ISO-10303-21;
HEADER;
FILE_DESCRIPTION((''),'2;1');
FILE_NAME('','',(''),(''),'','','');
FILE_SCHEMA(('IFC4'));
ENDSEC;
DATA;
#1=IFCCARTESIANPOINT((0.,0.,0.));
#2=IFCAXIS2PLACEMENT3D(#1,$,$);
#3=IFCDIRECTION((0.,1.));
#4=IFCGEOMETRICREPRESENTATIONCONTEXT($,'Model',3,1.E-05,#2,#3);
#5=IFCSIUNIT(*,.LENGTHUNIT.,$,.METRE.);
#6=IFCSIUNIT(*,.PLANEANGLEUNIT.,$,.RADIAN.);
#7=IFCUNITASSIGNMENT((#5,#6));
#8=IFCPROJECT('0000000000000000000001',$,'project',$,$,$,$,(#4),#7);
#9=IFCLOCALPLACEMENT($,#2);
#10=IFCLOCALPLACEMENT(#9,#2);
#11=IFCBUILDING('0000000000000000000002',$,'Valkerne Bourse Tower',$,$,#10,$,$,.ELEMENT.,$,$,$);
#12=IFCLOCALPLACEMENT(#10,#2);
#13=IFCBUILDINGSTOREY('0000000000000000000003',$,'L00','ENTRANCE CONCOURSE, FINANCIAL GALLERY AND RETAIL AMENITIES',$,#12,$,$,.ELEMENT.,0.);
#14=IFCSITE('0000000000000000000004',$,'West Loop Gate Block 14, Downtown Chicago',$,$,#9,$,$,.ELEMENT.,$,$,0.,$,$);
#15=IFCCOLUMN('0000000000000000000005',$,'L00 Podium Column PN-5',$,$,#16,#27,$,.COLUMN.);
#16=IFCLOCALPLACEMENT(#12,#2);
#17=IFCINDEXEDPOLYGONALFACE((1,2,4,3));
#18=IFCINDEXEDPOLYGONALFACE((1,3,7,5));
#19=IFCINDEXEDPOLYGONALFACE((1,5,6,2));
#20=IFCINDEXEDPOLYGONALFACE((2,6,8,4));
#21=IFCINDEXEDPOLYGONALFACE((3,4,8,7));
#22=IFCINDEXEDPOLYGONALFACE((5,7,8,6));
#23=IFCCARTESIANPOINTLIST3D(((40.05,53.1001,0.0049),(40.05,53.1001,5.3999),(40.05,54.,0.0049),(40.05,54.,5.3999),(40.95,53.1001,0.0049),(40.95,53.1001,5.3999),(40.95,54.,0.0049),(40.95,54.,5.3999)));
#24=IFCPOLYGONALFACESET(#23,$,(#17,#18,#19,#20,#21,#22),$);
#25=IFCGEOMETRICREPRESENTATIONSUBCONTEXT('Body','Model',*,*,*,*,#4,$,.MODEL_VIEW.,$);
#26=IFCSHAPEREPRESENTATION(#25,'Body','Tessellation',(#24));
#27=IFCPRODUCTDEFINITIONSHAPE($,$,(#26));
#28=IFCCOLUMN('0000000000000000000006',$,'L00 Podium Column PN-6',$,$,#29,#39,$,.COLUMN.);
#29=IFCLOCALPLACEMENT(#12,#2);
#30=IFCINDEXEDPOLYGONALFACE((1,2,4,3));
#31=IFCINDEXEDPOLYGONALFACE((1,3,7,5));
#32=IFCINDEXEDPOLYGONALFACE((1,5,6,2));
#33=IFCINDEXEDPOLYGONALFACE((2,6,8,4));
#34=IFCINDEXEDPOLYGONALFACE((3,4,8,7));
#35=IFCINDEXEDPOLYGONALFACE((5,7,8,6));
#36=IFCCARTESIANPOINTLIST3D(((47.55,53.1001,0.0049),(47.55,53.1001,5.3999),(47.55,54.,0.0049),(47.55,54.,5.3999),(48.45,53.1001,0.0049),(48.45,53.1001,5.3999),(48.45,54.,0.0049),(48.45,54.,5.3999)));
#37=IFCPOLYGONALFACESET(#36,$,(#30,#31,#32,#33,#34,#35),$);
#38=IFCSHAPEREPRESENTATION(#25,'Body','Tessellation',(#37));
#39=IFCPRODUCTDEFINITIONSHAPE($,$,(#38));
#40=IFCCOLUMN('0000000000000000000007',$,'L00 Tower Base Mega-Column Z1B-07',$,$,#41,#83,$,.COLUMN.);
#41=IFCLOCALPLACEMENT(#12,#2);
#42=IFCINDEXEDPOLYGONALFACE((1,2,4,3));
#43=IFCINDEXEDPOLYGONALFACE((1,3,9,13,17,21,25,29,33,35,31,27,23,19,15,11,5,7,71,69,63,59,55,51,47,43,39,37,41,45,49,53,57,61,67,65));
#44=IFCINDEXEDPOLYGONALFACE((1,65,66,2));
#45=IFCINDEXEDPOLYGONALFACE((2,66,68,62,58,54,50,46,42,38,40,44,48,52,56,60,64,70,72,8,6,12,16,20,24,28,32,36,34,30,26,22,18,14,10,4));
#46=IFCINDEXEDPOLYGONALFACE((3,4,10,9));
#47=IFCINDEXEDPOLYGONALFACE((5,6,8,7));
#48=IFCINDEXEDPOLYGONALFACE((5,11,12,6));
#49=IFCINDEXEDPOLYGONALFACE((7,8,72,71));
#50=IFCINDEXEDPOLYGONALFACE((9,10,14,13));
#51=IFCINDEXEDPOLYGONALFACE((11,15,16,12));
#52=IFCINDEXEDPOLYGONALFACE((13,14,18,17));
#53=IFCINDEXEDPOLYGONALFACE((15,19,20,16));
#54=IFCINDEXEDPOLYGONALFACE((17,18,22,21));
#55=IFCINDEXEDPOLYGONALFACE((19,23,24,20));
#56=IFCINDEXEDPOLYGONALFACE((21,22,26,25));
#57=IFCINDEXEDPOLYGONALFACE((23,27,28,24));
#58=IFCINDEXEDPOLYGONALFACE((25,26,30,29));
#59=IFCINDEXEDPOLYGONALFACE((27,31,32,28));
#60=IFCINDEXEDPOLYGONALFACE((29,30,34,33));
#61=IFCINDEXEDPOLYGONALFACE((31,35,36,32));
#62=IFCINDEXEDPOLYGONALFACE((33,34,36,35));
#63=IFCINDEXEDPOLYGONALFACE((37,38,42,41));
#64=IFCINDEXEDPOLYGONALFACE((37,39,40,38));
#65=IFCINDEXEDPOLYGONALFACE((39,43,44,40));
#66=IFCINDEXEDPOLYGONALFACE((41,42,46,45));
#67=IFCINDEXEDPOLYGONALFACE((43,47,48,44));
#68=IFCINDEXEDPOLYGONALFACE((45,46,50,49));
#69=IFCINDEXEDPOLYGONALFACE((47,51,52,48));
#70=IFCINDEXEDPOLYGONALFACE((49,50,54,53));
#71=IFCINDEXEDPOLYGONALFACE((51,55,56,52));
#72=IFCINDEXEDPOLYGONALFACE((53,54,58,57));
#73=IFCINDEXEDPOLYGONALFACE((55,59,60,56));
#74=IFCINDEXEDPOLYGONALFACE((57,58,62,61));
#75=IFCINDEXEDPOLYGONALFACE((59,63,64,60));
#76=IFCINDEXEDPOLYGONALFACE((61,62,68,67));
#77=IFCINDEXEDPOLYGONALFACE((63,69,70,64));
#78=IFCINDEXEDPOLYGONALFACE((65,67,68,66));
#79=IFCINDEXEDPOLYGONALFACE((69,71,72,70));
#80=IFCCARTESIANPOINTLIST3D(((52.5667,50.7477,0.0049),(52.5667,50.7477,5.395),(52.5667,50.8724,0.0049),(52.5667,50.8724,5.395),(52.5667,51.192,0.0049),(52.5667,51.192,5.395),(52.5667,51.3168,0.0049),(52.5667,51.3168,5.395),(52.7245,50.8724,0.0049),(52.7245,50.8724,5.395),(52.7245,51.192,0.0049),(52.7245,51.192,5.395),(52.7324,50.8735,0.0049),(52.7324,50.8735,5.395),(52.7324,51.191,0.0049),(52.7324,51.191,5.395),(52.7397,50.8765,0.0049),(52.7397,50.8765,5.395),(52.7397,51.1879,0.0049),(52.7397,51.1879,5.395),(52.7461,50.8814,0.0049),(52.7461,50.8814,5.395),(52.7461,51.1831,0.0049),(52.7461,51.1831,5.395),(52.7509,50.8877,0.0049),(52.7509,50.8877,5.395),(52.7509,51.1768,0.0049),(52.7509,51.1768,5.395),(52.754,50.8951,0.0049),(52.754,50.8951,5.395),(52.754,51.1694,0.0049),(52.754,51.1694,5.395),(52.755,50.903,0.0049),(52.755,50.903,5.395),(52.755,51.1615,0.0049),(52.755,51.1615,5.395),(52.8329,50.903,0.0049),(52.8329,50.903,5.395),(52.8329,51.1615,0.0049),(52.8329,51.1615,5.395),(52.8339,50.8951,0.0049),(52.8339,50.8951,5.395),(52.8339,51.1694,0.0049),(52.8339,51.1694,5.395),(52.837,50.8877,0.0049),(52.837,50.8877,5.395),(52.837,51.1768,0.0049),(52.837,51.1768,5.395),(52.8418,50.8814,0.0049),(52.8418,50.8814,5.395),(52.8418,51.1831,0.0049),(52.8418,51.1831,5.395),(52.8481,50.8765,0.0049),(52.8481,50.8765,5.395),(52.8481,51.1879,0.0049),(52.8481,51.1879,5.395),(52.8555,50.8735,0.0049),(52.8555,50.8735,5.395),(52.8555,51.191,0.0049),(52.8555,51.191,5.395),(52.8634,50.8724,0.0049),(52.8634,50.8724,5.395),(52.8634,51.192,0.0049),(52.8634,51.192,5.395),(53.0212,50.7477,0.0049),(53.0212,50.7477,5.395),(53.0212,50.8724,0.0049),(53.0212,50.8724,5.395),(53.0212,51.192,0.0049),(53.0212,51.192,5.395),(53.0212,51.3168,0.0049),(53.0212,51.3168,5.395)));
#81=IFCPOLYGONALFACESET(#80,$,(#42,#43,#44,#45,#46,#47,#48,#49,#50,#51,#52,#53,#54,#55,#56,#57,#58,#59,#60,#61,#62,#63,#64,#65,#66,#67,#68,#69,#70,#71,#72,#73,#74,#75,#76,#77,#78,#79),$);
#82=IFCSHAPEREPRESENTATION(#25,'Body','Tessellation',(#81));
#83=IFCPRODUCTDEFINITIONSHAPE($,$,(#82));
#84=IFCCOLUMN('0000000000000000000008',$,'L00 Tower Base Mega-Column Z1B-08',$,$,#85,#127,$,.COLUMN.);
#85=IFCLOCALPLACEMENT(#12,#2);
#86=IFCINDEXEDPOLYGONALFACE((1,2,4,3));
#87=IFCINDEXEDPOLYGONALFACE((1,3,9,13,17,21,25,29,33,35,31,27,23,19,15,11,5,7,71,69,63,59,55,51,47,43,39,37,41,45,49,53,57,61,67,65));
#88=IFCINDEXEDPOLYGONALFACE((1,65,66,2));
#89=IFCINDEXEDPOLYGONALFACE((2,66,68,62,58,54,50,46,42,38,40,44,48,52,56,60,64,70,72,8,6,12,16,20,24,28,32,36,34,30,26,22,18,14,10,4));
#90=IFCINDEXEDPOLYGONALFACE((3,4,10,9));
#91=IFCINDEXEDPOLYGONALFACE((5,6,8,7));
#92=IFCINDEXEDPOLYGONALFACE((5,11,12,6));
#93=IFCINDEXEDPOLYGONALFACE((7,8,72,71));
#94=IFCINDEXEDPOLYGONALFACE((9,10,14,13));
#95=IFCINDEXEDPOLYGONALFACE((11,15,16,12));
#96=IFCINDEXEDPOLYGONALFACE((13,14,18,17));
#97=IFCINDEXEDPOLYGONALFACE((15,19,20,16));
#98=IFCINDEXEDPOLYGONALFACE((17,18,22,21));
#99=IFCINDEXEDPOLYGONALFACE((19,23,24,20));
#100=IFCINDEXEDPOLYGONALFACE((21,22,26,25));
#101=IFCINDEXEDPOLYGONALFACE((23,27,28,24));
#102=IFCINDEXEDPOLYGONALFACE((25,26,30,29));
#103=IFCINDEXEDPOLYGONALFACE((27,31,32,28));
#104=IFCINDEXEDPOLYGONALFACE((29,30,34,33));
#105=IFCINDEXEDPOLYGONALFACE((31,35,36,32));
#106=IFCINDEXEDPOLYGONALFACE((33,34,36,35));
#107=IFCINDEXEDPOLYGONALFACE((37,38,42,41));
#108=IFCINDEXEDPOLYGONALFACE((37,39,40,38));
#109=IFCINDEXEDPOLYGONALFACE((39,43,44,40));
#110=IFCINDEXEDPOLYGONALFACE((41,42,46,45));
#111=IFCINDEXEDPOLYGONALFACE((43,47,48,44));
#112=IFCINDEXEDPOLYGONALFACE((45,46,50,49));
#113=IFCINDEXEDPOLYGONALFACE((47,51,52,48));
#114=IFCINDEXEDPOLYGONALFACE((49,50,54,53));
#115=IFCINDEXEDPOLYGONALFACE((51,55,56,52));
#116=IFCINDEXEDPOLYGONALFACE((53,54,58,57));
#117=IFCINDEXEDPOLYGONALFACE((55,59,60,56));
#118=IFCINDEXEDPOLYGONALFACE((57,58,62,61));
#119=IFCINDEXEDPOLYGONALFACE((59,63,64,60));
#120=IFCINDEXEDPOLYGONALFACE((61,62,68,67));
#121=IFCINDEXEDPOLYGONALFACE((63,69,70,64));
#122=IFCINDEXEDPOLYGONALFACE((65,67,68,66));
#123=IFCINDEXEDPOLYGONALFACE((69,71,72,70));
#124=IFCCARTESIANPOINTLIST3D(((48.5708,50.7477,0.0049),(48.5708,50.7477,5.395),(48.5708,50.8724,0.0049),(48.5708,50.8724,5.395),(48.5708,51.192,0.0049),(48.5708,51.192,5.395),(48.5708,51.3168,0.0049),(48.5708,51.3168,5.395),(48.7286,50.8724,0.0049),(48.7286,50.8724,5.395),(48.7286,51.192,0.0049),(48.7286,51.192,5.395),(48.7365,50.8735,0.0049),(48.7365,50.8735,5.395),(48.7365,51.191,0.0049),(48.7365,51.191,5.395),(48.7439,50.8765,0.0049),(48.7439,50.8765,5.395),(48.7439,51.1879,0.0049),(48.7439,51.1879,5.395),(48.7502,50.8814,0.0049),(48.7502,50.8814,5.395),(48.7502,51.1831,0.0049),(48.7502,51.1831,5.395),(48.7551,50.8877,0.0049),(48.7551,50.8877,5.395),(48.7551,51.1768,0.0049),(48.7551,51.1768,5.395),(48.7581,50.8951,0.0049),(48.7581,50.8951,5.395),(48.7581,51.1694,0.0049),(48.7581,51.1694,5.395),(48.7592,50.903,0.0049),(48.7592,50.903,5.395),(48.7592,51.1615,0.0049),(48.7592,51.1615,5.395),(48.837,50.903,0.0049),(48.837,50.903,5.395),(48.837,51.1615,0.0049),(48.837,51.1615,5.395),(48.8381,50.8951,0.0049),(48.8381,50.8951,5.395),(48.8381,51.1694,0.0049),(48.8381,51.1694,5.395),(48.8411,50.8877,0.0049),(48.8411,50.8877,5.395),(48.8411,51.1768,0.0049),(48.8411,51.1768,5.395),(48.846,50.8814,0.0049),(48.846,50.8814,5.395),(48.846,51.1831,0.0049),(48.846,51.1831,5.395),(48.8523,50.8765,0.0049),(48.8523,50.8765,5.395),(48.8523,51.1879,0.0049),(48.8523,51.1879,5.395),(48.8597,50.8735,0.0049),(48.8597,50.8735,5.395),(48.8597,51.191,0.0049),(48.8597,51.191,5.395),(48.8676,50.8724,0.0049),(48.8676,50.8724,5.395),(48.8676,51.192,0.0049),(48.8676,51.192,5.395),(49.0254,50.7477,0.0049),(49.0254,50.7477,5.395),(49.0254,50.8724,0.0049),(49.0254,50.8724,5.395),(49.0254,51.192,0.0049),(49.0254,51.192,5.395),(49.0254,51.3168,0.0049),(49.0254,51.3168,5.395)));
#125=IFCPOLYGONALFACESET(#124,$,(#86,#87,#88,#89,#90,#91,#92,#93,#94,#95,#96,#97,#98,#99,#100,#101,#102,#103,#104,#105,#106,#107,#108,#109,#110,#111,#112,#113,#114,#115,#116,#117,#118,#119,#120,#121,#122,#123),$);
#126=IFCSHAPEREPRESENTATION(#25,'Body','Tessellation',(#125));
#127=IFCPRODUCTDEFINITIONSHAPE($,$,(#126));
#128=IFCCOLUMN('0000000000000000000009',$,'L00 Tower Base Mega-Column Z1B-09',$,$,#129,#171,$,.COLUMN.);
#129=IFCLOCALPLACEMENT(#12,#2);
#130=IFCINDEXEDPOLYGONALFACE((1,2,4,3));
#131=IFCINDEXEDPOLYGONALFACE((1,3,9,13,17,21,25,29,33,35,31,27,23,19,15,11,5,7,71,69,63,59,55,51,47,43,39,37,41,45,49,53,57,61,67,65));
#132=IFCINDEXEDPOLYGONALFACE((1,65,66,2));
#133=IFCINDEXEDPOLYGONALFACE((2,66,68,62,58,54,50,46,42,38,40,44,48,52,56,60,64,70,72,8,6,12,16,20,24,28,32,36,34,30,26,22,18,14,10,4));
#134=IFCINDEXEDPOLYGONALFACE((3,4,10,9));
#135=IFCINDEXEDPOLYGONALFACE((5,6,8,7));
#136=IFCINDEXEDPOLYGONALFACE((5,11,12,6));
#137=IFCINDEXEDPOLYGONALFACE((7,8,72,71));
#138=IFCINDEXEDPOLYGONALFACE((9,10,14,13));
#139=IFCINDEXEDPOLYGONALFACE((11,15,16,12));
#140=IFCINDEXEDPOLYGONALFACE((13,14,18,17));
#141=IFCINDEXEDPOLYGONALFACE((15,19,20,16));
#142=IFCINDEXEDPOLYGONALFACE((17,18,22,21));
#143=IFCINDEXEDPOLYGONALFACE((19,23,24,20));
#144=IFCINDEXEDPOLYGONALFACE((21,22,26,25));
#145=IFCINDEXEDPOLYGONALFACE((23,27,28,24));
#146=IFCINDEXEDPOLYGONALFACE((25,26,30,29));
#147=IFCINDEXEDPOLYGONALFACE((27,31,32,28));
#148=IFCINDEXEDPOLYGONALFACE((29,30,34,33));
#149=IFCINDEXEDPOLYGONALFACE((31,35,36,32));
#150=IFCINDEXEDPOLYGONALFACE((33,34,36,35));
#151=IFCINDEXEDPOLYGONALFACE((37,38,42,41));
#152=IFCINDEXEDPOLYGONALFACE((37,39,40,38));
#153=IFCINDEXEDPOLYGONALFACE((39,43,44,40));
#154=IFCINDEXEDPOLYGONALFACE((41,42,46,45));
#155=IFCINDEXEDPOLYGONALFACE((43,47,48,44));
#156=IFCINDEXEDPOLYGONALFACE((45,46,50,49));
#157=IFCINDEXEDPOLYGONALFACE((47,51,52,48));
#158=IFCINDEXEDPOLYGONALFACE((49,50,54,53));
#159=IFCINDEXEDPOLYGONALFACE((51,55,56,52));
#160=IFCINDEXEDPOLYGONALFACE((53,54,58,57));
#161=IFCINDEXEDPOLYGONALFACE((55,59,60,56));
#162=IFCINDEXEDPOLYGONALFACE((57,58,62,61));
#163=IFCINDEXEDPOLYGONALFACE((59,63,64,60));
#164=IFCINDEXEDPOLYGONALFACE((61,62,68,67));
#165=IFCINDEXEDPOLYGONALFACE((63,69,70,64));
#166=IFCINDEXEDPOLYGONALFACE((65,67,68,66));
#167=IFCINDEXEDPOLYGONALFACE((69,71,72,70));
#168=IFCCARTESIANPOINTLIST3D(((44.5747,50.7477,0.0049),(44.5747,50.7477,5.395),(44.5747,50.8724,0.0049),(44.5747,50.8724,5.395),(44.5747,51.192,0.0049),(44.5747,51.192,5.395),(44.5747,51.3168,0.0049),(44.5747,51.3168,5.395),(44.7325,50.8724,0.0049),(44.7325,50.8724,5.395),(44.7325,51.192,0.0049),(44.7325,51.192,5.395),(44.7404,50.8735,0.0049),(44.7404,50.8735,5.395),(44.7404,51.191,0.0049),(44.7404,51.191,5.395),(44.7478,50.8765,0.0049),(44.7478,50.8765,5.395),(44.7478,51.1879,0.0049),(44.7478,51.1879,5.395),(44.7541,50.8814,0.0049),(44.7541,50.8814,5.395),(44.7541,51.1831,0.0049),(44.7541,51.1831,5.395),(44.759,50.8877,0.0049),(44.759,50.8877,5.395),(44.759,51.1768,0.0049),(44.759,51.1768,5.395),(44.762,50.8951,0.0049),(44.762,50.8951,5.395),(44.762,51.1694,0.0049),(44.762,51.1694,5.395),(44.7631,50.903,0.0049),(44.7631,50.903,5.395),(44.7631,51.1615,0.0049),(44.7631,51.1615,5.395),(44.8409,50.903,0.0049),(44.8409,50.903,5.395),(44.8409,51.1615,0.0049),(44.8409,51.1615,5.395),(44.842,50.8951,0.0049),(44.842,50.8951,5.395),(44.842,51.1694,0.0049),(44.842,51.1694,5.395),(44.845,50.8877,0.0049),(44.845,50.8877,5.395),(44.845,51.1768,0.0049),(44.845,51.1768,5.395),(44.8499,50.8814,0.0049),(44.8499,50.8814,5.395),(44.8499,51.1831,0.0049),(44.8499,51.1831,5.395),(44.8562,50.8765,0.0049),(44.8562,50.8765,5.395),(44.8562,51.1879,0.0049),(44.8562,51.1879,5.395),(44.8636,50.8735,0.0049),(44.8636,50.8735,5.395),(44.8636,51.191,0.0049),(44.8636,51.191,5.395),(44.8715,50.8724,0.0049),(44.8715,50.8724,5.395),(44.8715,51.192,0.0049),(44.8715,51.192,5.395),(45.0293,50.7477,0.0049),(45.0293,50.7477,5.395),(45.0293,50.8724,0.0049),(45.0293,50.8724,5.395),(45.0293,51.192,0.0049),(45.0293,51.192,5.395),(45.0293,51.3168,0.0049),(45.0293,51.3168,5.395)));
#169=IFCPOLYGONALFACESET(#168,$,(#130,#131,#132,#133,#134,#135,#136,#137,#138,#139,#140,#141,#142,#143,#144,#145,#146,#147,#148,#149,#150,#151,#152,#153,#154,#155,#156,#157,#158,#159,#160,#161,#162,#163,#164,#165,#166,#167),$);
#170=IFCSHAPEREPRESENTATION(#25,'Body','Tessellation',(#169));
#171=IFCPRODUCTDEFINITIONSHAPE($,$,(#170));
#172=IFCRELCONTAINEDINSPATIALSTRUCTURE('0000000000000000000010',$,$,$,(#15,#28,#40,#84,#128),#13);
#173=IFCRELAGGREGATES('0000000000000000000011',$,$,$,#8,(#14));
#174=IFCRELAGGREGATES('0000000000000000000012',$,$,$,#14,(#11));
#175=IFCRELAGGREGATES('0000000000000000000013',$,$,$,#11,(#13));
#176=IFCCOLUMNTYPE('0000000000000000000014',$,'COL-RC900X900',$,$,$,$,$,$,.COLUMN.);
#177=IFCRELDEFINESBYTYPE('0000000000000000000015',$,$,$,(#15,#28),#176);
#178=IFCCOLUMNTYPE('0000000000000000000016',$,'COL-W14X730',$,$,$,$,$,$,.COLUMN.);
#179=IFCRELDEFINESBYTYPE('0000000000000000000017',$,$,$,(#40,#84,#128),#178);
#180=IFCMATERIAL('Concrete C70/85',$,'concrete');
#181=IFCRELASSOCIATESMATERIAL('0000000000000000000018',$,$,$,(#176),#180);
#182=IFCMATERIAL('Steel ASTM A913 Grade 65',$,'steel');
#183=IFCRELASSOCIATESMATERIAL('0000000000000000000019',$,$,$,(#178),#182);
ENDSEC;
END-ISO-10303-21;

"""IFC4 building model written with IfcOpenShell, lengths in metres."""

from ifc_helpers import new_model, si_unit, direction, frame, origin, origin_2d, place, context, subcontext, project, spatial, rectangle, i_section, extrude, material, material_profile, profile_set, type_object, element, save


model = new_model("IFC4")

# Units and contexts
model_context = context("Model", 3, precision=1e-05, world=origin(), true_north=direction((0.0, 1.0)))
body_context = subcontext(model_context, "Body", "Model", "MODEL_VIEW")
ifc_project = project(units=[si_unit("LENGTHUNIT", "METRE"), si_unit("PLANEANGLEUNIT", "RADIAN")], contexts=[model_context])

# Site, building, storey
site_placement = place(None, origin())
site = spatial("IfcSite", under=ifc_project, at=site_placement, Name="West Loop Gate Block 14, Downtown Chicago", CompositionType="ELEMENT", RefElevation=0.0)
building_placement = place(site_placement, origin())
building = spatial("IfcBuilding", under=site, at=building_placement, Name="Valkerne Bourse Tower", CompositionType="ELEMENT")
storey_placement = place(building_placement, origin())
storey = spatial("IfcBuildingStorey", under=building, at=storey_placement, Name="L00", Description="ENTRANCE CONCOURSE, FINANCIAL GALLERY AND RETAIL AMENITIES", CompositionType="ELEMENT", Elevation=0.0)

# Columns
ifc_material_1 = material(Name="Concrete C70/85", Category="concrete")
ifc_material_profile_1 = material_profile(ifc_material_1, rectangle(XDim=0.8999, YDim=0.8999, at=origin_2d()), Name="RC900X900")
ifc_profile_set_1 = profile_set([ifc_material_profile_1], Name="Concrete C70/85")
column_type_1 = type_object("IfcColumnType", Name="COL-RC900X900", PredefinedType="COLUMN", material=ifc_profile_set_1)
for number, where, z_axis, x_axis, name in (
    (1, (40.5, 53.55, 0.0049), (0.0, 0.0, 1.0), (1.0, 0.0, 0.0), "L00 Podium Column PN-5"),
    (2, (48.0, 53.55, 0.0049), (0.0, 0.0, 1.0), (1.0, 0.0, 0.0), "L00 Podium Column PN-6"),
):
    element("IfcColumn", number, at=place(storey_placement, frame(where, z_axis=z_axis, x_axis=x_axis)), inside=storey, type_object=column_type_1, Name=name, PredefinedType="COLUMN", context=body_context, shape_type="SweptSolid", body=[
        extrude(rectangle(XDim=0.8999, YDim=0.8999, at=origin_2d()), origin(), (0.0, 0.0, 1.0), 5.395),
    ])
ifc_material_2 = material(Name="Steel ASTM A913 Grade 65", Category="steel")
ifc_material_profile_2 = material_profile(ifc_material_2, i_section(OverallWidth=0.4546, OverallDepth=0.5691, WebThickness=0.0779, FlangeThickness=0.1248, FilletRadius=0.0305, at=origin_2d()), Name="W14X730")
ifc_profile_set_2 = profile_set([ifc_material_profile_2], Name="Steel ASTM A913 Grade 65")
column_type_2 = type_object("IfcColumnType", Name="COL-W14X730", PredefinedType="COLUMN", material=ifc_profile_set_2)
for number, where, z_axis, x_axis, name in (
    (3, (52.7939, 51.0322, 0.0049), (0.0, 0.0, 1.0), (-1.0, 0.0, 0.0), "L00 Tower Base Mega-Column Z1B-07"),
    (4, (48.7981, 51.0322, 0.0049), (0.0, 0.0, 1.0), (-1.0, 0.0, 0.0), "L00 Tower Base Mega-Column Z1B-08"),
    (5, (44.802, 51.0322, 0.0049), (0.0, 0.0, 1.0), (-1.0, 0.0, 0.0), "L00 Tower Base Mega-Column Z1B-09"),
):
    element("IfcColumn", number, at=place(storey_placement, frame(where, z_axis=z_axis, x_axis=x_axis)), inside=storey, type_object=column_type_2, Name=name, PredefinedType="COLUMN", context=body_context, shape_type="SweptSolid", body=[
        extrude(i_section(OverallWidth=0.4546, OverallDepth=0.5691, WebThickness=0.0779, FlangeThickness=0.1248, FilletRadius=0.0305, at=origin_2d()), origin(), (0.0, 0.0, 1.0), 5.3901),
    ])

save(model, "model.ifc")
